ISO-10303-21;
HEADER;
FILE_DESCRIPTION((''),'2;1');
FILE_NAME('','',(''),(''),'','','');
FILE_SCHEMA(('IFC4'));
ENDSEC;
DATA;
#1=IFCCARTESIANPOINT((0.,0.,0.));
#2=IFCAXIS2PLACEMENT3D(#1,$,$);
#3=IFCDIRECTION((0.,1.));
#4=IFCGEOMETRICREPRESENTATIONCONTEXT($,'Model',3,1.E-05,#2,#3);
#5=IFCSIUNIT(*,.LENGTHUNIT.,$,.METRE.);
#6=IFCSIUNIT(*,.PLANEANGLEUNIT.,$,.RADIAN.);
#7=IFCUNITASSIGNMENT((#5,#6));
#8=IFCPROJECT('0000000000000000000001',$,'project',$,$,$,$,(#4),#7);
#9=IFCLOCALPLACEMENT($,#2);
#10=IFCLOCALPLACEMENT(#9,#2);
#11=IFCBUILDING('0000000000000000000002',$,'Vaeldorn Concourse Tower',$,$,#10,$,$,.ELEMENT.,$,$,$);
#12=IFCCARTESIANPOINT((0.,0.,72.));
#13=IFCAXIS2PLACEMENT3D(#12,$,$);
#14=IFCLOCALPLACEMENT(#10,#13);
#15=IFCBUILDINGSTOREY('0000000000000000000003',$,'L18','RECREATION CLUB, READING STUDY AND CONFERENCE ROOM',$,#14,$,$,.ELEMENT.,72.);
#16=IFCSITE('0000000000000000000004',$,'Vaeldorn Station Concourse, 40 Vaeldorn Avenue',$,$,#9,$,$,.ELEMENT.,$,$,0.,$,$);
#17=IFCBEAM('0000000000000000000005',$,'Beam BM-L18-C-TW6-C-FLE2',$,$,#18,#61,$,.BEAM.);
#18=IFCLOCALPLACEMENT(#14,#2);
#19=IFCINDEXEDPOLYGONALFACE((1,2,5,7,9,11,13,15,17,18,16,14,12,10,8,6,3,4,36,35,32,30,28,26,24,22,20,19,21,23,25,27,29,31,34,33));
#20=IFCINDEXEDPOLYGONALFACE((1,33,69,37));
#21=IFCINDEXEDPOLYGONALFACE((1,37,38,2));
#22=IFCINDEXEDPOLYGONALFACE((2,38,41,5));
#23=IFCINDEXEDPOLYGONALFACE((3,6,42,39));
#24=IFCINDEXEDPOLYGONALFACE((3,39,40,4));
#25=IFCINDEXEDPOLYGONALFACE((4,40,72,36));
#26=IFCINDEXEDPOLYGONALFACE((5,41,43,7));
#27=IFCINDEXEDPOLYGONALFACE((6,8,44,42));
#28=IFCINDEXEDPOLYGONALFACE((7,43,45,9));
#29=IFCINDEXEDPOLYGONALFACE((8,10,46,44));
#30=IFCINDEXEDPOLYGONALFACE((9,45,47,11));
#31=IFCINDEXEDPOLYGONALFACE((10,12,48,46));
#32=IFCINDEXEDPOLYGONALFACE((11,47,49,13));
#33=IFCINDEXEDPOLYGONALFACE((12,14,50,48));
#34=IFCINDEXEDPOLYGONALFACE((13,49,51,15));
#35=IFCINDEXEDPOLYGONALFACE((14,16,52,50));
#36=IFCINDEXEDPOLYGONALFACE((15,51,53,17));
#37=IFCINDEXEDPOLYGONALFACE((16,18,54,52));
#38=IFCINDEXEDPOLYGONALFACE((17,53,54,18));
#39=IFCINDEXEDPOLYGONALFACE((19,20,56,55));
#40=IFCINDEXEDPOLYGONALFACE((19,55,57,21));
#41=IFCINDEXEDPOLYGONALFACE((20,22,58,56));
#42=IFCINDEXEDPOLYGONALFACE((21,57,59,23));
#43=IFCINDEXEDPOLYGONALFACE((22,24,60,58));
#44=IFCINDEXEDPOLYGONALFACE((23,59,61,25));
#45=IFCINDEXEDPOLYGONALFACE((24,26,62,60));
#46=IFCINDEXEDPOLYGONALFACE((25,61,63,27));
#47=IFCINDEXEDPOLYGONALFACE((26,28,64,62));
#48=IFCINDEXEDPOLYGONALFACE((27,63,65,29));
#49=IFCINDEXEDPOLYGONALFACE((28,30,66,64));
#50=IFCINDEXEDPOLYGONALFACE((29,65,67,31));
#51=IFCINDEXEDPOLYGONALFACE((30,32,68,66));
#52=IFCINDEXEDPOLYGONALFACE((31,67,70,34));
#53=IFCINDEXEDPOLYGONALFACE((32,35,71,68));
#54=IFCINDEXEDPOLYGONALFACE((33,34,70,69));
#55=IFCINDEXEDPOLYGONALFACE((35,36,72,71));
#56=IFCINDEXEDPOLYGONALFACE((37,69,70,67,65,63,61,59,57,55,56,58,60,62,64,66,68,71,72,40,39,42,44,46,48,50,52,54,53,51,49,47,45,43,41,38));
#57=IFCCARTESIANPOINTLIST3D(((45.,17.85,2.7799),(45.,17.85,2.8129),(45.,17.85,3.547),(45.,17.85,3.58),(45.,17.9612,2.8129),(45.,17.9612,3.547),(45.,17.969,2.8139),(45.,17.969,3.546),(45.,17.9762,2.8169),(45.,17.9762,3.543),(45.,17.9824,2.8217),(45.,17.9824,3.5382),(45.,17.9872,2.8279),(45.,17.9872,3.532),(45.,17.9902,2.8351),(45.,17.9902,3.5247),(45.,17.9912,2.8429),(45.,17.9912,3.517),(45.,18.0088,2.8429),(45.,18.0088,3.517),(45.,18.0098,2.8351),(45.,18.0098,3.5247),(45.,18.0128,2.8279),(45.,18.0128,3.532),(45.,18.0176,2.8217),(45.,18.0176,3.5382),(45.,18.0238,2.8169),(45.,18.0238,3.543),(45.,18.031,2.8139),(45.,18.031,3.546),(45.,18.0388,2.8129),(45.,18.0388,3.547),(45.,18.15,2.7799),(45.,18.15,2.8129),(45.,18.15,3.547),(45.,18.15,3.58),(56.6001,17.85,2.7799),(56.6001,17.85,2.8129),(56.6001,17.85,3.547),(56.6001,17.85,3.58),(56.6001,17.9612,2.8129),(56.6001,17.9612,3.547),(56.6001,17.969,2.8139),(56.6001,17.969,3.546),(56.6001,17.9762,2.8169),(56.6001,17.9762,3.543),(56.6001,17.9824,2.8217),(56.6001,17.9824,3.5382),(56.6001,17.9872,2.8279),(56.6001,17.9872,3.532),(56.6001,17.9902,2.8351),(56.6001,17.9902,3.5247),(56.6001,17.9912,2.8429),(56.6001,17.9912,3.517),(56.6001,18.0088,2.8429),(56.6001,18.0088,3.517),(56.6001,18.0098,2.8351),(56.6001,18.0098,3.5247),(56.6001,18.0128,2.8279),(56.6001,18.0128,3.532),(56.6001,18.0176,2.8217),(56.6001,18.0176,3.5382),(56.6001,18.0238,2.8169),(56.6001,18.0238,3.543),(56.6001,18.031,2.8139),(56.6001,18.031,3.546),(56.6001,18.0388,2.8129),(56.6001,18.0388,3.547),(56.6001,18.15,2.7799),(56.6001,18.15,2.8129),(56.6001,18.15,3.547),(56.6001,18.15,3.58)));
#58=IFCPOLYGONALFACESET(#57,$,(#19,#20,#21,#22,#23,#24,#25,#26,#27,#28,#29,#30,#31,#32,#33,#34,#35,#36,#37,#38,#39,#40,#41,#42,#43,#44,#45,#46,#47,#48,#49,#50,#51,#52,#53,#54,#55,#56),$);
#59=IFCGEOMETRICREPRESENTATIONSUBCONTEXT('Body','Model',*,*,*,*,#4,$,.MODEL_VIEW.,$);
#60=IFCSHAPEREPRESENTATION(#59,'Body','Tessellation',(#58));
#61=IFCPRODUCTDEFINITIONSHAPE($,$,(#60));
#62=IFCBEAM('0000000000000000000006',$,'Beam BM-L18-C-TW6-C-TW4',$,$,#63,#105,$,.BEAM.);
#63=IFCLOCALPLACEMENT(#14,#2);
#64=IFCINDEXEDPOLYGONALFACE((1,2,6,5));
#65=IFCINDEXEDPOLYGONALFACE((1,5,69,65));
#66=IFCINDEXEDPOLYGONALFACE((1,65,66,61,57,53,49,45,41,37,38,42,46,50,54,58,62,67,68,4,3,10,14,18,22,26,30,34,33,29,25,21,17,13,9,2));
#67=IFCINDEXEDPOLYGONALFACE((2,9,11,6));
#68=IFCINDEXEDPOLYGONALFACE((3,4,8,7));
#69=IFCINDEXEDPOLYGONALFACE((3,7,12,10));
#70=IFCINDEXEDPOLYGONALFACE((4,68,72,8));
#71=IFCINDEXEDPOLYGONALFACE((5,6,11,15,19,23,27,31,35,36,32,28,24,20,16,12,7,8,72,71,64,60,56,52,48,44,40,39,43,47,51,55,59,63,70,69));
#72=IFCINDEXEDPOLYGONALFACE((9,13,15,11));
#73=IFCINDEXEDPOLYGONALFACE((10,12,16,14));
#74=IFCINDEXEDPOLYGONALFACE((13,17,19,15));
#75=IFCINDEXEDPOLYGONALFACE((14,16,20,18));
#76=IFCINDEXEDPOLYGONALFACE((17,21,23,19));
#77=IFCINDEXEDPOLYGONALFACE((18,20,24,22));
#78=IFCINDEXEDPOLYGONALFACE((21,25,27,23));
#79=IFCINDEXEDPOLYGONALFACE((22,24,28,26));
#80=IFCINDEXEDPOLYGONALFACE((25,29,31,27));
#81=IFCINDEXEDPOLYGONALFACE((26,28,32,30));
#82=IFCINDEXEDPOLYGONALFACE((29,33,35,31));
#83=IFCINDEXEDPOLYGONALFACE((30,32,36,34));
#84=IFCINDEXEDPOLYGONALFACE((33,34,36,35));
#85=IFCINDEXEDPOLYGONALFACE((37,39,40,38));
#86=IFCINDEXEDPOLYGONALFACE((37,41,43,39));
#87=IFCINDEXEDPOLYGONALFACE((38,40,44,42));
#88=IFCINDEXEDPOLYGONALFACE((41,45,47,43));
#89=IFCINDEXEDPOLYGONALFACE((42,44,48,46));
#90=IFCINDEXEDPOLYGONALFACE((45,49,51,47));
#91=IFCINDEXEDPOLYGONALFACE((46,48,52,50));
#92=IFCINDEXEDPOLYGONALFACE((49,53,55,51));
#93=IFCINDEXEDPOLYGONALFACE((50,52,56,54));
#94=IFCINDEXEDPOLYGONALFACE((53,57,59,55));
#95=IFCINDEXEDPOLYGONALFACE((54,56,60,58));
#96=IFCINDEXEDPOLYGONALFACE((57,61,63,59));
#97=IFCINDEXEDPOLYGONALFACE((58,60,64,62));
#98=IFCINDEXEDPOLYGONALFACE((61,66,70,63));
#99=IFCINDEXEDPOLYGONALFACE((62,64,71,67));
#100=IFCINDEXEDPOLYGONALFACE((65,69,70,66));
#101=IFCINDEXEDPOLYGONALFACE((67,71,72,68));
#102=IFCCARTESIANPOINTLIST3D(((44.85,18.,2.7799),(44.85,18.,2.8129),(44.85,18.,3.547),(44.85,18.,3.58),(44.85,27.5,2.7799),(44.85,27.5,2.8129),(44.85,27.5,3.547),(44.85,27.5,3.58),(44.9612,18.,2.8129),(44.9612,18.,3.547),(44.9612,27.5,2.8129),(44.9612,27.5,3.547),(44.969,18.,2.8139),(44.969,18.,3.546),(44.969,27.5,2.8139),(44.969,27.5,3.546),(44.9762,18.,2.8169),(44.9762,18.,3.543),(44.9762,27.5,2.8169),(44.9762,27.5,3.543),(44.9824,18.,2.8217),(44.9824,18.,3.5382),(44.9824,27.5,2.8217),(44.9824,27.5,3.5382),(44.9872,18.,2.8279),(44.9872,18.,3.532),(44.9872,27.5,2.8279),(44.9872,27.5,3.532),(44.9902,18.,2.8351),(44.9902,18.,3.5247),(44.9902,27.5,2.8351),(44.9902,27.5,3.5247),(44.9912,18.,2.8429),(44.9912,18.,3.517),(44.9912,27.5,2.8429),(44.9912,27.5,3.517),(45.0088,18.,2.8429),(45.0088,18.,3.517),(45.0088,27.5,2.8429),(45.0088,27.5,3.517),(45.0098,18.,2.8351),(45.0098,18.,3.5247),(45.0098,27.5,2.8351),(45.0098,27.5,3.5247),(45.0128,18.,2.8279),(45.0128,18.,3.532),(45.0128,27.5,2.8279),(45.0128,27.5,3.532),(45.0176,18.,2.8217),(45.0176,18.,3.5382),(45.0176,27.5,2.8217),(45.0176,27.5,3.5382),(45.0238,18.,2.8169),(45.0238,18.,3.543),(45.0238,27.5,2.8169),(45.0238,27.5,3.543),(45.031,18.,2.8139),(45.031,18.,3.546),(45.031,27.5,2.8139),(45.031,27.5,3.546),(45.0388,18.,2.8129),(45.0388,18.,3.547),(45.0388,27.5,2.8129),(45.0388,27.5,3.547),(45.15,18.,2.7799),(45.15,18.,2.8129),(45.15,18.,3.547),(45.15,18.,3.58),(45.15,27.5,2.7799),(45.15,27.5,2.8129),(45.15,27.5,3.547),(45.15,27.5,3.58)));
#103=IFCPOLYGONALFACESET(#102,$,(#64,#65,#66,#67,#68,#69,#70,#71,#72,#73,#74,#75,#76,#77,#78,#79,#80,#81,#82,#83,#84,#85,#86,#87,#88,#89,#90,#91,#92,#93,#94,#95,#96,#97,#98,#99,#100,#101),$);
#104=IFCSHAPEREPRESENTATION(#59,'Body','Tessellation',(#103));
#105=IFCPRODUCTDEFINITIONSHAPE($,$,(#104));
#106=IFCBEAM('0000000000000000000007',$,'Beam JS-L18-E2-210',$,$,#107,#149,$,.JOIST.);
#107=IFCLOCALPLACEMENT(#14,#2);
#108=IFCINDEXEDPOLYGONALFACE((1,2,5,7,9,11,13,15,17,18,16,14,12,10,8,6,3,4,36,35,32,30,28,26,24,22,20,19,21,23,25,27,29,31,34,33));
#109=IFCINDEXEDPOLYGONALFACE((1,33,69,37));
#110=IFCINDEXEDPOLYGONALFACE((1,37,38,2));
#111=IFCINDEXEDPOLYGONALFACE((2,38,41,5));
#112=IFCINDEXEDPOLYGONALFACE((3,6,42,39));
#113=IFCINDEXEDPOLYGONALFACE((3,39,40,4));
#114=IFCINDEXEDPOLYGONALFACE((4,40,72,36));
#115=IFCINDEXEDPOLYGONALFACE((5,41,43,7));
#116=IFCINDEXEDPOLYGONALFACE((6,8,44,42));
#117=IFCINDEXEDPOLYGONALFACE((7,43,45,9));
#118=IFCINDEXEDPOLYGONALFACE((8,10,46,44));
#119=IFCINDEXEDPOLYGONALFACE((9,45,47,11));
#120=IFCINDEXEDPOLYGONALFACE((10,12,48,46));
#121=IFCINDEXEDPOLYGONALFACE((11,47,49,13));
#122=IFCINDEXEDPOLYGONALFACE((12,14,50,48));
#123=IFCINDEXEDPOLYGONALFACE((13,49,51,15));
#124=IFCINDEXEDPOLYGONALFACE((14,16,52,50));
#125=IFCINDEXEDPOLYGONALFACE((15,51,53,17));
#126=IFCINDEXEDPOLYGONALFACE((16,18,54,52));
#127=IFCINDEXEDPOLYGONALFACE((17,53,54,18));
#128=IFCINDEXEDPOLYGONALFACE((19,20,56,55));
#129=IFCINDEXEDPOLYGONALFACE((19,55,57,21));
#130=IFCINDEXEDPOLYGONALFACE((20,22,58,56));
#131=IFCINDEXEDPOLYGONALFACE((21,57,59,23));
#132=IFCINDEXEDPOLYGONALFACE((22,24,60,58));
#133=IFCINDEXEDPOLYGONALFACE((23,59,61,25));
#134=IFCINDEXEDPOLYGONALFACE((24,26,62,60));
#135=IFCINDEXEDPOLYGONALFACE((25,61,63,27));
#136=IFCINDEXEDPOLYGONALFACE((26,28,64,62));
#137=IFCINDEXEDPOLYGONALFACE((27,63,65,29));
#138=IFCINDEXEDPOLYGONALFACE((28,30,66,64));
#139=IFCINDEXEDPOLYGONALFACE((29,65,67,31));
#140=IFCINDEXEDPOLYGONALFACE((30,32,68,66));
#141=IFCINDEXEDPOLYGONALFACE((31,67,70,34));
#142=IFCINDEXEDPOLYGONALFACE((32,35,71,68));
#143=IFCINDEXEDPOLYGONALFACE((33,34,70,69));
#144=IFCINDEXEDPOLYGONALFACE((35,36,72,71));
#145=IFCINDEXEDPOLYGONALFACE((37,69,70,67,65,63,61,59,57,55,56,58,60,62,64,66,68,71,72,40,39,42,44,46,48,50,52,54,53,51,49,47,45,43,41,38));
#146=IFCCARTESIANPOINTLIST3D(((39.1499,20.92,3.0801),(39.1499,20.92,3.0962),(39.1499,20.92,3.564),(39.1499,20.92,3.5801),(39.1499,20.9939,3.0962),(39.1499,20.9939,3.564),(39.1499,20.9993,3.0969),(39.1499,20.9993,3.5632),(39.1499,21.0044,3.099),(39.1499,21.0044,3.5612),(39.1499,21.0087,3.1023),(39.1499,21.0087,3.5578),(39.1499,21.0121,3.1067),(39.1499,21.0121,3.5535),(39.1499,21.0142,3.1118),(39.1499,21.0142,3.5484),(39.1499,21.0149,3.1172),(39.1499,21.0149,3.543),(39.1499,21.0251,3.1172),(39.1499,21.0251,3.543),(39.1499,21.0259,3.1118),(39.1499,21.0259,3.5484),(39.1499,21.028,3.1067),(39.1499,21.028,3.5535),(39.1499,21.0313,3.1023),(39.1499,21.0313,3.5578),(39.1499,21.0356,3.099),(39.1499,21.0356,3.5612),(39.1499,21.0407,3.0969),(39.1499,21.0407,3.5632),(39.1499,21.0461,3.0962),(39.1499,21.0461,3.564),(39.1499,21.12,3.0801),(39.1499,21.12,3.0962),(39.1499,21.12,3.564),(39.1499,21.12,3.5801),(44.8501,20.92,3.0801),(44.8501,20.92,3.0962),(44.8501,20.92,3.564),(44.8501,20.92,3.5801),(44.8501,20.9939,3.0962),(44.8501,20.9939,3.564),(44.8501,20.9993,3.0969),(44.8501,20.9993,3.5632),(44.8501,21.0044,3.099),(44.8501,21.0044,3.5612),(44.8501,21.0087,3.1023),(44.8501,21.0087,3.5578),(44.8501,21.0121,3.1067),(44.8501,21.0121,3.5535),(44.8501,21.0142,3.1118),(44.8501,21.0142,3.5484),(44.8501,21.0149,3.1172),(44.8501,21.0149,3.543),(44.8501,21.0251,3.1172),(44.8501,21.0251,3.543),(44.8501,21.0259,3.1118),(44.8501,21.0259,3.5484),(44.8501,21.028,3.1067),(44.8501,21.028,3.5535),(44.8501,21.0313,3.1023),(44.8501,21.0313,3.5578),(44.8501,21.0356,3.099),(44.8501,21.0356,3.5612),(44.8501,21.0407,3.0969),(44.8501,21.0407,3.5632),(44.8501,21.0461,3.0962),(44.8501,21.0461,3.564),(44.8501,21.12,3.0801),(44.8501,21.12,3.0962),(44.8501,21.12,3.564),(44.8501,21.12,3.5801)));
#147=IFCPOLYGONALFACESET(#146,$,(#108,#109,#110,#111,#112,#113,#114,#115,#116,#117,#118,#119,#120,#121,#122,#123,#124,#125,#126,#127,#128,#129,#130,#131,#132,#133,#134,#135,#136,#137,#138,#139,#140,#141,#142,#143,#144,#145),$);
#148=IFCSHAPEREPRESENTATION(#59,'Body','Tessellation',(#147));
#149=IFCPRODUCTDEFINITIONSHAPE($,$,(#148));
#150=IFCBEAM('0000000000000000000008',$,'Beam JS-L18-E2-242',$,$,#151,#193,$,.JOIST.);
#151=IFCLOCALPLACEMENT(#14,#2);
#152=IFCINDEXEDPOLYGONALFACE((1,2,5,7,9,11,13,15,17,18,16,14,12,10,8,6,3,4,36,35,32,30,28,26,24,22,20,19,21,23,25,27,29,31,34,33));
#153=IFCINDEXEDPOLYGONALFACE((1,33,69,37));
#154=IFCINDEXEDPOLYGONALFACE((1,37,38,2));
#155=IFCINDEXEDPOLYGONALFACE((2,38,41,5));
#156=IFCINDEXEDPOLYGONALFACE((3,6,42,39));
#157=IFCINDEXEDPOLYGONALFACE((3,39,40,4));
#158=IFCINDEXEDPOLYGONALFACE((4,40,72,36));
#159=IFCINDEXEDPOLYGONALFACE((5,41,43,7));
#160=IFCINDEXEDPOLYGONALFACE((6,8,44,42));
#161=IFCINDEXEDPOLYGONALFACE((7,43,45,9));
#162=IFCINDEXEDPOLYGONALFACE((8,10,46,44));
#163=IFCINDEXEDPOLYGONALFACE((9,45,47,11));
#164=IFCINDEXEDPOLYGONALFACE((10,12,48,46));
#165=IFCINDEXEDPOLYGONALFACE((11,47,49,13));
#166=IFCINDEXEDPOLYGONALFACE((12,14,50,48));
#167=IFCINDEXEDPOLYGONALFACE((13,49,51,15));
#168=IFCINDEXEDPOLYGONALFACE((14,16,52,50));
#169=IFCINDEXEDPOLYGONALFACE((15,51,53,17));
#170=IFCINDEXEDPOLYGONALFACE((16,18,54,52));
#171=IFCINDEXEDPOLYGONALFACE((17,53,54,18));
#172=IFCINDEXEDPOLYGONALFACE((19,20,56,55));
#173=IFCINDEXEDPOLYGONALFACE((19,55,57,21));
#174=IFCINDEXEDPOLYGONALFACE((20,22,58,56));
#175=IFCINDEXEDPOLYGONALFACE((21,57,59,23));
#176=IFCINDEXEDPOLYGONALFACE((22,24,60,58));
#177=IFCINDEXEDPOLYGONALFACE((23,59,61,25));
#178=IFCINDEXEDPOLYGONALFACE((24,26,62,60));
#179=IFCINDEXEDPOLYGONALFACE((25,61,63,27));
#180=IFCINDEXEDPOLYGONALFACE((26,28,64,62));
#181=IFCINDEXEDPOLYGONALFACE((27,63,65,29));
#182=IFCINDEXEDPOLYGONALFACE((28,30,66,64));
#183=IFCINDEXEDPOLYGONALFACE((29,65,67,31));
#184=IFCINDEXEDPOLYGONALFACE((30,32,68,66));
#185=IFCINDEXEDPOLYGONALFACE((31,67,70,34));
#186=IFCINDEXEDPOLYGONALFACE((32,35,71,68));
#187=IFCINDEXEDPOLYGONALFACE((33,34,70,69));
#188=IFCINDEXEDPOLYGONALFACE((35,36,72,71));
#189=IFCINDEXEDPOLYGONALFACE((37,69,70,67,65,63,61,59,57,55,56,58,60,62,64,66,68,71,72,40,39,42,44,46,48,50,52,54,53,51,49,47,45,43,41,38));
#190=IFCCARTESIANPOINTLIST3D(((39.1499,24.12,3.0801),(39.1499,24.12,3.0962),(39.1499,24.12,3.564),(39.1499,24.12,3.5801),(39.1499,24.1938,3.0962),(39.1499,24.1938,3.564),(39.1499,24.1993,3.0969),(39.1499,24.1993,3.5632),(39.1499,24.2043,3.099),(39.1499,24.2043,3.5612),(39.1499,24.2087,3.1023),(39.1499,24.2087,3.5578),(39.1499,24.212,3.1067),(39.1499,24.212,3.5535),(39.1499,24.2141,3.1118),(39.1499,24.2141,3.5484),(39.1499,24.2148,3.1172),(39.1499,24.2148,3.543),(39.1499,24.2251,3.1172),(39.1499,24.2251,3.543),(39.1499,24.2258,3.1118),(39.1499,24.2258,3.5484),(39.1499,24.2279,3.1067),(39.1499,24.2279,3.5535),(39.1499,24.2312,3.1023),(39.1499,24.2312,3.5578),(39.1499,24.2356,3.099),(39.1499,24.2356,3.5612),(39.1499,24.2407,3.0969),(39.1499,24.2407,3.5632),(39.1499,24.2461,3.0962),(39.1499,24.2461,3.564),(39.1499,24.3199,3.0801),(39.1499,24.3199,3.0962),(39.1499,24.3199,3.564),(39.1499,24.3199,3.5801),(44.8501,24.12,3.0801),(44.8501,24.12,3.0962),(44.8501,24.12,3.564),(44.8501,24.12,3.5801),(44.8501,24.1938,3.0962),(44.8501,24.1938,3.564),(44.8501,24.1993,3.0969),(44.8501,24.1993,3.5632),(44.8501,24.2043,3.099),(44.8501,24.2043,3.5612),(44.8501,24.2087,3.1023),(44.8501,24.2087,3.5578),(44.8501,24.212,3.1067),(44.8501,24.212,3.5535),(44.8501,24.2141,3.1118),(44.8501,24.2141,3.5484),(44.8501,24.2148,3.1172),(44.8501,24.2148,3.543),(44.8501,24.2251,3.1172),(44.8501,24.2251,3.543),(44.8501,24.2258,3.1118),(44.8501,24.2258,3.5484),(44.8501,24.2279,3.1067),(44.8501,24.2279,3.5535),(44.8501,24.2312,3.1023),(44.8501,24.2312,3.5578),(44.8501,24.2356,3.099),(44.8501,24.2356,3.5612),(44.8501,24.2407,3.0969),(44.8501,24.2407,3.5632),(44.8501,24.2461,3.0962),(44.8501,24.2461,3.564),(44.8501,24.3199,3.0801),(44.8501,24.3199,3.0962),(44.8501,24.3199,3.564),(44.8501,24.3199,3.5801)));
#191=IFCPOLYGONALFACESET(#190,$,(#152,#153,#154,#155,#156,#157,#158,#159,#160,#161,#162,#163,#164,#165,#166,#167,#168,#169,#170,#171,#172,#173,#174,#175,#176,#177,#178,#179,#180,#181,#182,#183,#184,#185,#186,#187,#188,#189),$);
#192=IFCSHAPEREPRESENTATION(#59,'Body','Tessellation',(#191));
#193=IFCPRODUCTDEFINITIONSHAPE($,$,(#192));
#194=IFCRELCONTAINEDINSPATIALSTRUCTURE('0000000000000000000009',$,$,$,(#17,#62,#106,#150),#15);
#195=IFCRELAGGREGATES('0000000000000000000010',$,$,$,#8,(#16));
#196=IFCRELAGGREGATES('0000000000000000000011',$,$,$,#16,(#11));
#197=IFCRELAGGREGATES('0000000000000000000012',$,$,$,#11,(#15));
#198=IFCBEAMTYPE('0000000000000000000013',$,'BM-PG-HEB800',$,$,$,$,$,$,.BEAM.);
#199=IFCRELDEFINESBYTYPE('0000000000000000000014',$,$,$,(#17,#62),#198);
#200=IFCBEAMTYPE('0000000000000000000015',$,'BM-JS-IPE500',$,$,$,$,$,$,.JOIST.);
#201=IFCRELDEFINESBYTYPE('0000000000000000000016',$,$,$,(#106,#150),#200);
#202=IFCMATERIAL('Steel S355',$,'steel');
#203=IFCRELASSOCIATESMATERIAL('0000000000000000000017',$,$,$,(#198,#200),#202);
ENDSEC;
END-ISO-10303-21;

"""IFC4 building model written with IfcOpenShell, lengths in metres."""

from ifc_helpers import new_model, si_unit, direction, frame, origin, origin_2d, place, context, subcontext, project, spatial, i_section, extrude, source, transform, mapped, material, material_profile, profile_set, type_object, element, save


model = new_model("IFC4")

# Units and contexts
model_context = context("Model", 3, precision=1e-05, world=origin(), true_north=direction((0.0, 1.0)))
body_context = subcontext(model_context, "Body", "Model", "MODEL_VIEW")
ifc_project = project(units=[si_unit("LENGTHUNIT", "METRE"), si_unit("PLANEANGLEUNIT", "RADIAN")], contexts=[model_context])

# Site, building, storey
site_placement = place(None, origin())
site = spatial("IfcSite", under=ifc_project, at=site_placement, Name="Vaeldorn Station Concourse, 40 Vaeldorn Avenue", CompositionType="ELEMENT", RefElevation=0.0)
building_placement = place(site_placement, origin())
building = spatial("IfcBuilding", under=site, at=building_placement, Name="Vaeldorn Concourse Tower", CompositionType="ELEMENT")
storey_placement = place(building_placement, frame((0.0, 0.0, 72.0)))
storey = spatial("IfcBuildingStorey", under=building, at=storey_placement, Name="L18", Description="RECREATION CLUB, READING STUDY AND CONFERENCE ROOM", CompositionType="ELEMENT", Elevation=72.0)

# Beams
ifc_material_1 = material(Name="Steel S355", Category="steel")
ifc_material_profile_1 = material_profile(ifc_material_1, i_section(OverallWidth=0.3, OverallDepth=0.8, WebThickness=0.0176, FlangeThickness=0.033, FilletRadius=0.03, at=origin_2d()), Name="HEB 800")
ifc_profile_set_1 = profile_set([ifc_material_profile_1], Name="Steel S355")
beam_type_1 = type_object("IfcBeamType", Name="BM-PG-HEB800", PredefinedType="BEAM", material=ifc_profile_set_1)
shared_shape_1 = source(origin(), body_context, "Body", "SweptSolid", [
    extrude(i_section(OverallWidth=0.3, OverallDepth=0.8, WebThickness=0.0176, FlangeThickness=0.033, FilletRadius=0.03, at=origin_2d()), origin(), (0.0, 0.0, 1.0), 11.6001),
])
beam_1_placement = place(storey_placement, frame((45.0, 18.0, 3.1799), z_axis=(1.0, 0.0, 0.0), x_axis=(0.0, 1.0, 0.0)))
element("IfcBeam", 1, at=beam_1_placement, inside=storey, type_object=beam_type_1, Name="Beam BM-L18-C-TW6-C-FLE2", PredefinedType="BEAM", context=body_context, shape_type="MappedRepresentation", body=[
    mapped(shared_shape_1, transform((0.0, 0.0, 0.0), scale=1.0)),
])
shared_shape_2 = source(origin(), body_context, "Body", "SweptSolid", [
    extrude(i_section(OverallWidth=0.3, OverallDepth=0.8, WebThickness=0.0176, FlangeThickness=0.033, FilletRadius=0.03, at=origin_2d()), origin(), (0.0, 0.0, 1.0), 9.5),
])
beam_2_placement = place(storey_placement, frame((45.0, 18.0, 3.1799), z_axis=(0.0, 1.0, 0.0), x_axis=(-1.0, 0.0, 0.0)))
element("IfcBeam", 2, at=beam_2_placement, inside=storey, type_object=beam_type_1, Name="Beam BM-L18-C-TW6-C-TW4", PredefinedType="BEAM", context=body_context, shape_type="MappedRepresentation", body=[
    mapped(shared_shape_2, transform((0.0, 0.0, 0.0), scale=1.0)),
])
ifc_material_profile_2 = material_profile(ifc_material_1, i_section(OverallWidth=0.2, OverallDepth=0.5, WebThickness=0.0103, FlangeThickness=0.0161, FilletRadius=0.021, at=origin_2d()), Name="IPE 500")
ifc_profile_set_2 = profile_set([ifc_material_profile_2], Name="Steel S355")
beam_type_2 = type_object("IfcBeamType", Name="BM-JS-IPE500", PredefinedType="JOIST", material=ifc_profile_set_2)
shared_shape_3 = source(origin(), body_context, "Body", "SweptSolid", [
    extrude(i_section(OverallWidth=0.2, OverallDepth=0.5, WebThickness=0.0103, FlangeThickness=0.0161, FilletRadius=0.021, at=origin_2d()), origin(), (0.0, 0.0, 1.0), 5.7002),
])
for number, where, z_axis, x_axis, name in (
    (3, (39.1499, 21.02, 3.3301), (1.0, 0.0, 0.0), (0.0, 1.0, 0.0), "Beam JS-L18-E2-210"),
    (4, (39.1499, 24.22, 3.3301), (1.0, 0.0, 0.0), (0.0, 1.0, 0.0), "Beam JS-L18-E2-242"),
):
    element("IfcBeam", number, at=place(storey_placement, frame(where, z_axis=z_axis, x_axis=x_axis)), inside=storey, type_object=beam_type_2, Name=name, PredefinedType="JOIST", context=body_context, shape_type="MappedRepresentation", body=[
        mapped(shared_shape_3, transform((0.0, 0.0, 0.0), scale=1.0)),
    ])

save(model, "model.ifc")
